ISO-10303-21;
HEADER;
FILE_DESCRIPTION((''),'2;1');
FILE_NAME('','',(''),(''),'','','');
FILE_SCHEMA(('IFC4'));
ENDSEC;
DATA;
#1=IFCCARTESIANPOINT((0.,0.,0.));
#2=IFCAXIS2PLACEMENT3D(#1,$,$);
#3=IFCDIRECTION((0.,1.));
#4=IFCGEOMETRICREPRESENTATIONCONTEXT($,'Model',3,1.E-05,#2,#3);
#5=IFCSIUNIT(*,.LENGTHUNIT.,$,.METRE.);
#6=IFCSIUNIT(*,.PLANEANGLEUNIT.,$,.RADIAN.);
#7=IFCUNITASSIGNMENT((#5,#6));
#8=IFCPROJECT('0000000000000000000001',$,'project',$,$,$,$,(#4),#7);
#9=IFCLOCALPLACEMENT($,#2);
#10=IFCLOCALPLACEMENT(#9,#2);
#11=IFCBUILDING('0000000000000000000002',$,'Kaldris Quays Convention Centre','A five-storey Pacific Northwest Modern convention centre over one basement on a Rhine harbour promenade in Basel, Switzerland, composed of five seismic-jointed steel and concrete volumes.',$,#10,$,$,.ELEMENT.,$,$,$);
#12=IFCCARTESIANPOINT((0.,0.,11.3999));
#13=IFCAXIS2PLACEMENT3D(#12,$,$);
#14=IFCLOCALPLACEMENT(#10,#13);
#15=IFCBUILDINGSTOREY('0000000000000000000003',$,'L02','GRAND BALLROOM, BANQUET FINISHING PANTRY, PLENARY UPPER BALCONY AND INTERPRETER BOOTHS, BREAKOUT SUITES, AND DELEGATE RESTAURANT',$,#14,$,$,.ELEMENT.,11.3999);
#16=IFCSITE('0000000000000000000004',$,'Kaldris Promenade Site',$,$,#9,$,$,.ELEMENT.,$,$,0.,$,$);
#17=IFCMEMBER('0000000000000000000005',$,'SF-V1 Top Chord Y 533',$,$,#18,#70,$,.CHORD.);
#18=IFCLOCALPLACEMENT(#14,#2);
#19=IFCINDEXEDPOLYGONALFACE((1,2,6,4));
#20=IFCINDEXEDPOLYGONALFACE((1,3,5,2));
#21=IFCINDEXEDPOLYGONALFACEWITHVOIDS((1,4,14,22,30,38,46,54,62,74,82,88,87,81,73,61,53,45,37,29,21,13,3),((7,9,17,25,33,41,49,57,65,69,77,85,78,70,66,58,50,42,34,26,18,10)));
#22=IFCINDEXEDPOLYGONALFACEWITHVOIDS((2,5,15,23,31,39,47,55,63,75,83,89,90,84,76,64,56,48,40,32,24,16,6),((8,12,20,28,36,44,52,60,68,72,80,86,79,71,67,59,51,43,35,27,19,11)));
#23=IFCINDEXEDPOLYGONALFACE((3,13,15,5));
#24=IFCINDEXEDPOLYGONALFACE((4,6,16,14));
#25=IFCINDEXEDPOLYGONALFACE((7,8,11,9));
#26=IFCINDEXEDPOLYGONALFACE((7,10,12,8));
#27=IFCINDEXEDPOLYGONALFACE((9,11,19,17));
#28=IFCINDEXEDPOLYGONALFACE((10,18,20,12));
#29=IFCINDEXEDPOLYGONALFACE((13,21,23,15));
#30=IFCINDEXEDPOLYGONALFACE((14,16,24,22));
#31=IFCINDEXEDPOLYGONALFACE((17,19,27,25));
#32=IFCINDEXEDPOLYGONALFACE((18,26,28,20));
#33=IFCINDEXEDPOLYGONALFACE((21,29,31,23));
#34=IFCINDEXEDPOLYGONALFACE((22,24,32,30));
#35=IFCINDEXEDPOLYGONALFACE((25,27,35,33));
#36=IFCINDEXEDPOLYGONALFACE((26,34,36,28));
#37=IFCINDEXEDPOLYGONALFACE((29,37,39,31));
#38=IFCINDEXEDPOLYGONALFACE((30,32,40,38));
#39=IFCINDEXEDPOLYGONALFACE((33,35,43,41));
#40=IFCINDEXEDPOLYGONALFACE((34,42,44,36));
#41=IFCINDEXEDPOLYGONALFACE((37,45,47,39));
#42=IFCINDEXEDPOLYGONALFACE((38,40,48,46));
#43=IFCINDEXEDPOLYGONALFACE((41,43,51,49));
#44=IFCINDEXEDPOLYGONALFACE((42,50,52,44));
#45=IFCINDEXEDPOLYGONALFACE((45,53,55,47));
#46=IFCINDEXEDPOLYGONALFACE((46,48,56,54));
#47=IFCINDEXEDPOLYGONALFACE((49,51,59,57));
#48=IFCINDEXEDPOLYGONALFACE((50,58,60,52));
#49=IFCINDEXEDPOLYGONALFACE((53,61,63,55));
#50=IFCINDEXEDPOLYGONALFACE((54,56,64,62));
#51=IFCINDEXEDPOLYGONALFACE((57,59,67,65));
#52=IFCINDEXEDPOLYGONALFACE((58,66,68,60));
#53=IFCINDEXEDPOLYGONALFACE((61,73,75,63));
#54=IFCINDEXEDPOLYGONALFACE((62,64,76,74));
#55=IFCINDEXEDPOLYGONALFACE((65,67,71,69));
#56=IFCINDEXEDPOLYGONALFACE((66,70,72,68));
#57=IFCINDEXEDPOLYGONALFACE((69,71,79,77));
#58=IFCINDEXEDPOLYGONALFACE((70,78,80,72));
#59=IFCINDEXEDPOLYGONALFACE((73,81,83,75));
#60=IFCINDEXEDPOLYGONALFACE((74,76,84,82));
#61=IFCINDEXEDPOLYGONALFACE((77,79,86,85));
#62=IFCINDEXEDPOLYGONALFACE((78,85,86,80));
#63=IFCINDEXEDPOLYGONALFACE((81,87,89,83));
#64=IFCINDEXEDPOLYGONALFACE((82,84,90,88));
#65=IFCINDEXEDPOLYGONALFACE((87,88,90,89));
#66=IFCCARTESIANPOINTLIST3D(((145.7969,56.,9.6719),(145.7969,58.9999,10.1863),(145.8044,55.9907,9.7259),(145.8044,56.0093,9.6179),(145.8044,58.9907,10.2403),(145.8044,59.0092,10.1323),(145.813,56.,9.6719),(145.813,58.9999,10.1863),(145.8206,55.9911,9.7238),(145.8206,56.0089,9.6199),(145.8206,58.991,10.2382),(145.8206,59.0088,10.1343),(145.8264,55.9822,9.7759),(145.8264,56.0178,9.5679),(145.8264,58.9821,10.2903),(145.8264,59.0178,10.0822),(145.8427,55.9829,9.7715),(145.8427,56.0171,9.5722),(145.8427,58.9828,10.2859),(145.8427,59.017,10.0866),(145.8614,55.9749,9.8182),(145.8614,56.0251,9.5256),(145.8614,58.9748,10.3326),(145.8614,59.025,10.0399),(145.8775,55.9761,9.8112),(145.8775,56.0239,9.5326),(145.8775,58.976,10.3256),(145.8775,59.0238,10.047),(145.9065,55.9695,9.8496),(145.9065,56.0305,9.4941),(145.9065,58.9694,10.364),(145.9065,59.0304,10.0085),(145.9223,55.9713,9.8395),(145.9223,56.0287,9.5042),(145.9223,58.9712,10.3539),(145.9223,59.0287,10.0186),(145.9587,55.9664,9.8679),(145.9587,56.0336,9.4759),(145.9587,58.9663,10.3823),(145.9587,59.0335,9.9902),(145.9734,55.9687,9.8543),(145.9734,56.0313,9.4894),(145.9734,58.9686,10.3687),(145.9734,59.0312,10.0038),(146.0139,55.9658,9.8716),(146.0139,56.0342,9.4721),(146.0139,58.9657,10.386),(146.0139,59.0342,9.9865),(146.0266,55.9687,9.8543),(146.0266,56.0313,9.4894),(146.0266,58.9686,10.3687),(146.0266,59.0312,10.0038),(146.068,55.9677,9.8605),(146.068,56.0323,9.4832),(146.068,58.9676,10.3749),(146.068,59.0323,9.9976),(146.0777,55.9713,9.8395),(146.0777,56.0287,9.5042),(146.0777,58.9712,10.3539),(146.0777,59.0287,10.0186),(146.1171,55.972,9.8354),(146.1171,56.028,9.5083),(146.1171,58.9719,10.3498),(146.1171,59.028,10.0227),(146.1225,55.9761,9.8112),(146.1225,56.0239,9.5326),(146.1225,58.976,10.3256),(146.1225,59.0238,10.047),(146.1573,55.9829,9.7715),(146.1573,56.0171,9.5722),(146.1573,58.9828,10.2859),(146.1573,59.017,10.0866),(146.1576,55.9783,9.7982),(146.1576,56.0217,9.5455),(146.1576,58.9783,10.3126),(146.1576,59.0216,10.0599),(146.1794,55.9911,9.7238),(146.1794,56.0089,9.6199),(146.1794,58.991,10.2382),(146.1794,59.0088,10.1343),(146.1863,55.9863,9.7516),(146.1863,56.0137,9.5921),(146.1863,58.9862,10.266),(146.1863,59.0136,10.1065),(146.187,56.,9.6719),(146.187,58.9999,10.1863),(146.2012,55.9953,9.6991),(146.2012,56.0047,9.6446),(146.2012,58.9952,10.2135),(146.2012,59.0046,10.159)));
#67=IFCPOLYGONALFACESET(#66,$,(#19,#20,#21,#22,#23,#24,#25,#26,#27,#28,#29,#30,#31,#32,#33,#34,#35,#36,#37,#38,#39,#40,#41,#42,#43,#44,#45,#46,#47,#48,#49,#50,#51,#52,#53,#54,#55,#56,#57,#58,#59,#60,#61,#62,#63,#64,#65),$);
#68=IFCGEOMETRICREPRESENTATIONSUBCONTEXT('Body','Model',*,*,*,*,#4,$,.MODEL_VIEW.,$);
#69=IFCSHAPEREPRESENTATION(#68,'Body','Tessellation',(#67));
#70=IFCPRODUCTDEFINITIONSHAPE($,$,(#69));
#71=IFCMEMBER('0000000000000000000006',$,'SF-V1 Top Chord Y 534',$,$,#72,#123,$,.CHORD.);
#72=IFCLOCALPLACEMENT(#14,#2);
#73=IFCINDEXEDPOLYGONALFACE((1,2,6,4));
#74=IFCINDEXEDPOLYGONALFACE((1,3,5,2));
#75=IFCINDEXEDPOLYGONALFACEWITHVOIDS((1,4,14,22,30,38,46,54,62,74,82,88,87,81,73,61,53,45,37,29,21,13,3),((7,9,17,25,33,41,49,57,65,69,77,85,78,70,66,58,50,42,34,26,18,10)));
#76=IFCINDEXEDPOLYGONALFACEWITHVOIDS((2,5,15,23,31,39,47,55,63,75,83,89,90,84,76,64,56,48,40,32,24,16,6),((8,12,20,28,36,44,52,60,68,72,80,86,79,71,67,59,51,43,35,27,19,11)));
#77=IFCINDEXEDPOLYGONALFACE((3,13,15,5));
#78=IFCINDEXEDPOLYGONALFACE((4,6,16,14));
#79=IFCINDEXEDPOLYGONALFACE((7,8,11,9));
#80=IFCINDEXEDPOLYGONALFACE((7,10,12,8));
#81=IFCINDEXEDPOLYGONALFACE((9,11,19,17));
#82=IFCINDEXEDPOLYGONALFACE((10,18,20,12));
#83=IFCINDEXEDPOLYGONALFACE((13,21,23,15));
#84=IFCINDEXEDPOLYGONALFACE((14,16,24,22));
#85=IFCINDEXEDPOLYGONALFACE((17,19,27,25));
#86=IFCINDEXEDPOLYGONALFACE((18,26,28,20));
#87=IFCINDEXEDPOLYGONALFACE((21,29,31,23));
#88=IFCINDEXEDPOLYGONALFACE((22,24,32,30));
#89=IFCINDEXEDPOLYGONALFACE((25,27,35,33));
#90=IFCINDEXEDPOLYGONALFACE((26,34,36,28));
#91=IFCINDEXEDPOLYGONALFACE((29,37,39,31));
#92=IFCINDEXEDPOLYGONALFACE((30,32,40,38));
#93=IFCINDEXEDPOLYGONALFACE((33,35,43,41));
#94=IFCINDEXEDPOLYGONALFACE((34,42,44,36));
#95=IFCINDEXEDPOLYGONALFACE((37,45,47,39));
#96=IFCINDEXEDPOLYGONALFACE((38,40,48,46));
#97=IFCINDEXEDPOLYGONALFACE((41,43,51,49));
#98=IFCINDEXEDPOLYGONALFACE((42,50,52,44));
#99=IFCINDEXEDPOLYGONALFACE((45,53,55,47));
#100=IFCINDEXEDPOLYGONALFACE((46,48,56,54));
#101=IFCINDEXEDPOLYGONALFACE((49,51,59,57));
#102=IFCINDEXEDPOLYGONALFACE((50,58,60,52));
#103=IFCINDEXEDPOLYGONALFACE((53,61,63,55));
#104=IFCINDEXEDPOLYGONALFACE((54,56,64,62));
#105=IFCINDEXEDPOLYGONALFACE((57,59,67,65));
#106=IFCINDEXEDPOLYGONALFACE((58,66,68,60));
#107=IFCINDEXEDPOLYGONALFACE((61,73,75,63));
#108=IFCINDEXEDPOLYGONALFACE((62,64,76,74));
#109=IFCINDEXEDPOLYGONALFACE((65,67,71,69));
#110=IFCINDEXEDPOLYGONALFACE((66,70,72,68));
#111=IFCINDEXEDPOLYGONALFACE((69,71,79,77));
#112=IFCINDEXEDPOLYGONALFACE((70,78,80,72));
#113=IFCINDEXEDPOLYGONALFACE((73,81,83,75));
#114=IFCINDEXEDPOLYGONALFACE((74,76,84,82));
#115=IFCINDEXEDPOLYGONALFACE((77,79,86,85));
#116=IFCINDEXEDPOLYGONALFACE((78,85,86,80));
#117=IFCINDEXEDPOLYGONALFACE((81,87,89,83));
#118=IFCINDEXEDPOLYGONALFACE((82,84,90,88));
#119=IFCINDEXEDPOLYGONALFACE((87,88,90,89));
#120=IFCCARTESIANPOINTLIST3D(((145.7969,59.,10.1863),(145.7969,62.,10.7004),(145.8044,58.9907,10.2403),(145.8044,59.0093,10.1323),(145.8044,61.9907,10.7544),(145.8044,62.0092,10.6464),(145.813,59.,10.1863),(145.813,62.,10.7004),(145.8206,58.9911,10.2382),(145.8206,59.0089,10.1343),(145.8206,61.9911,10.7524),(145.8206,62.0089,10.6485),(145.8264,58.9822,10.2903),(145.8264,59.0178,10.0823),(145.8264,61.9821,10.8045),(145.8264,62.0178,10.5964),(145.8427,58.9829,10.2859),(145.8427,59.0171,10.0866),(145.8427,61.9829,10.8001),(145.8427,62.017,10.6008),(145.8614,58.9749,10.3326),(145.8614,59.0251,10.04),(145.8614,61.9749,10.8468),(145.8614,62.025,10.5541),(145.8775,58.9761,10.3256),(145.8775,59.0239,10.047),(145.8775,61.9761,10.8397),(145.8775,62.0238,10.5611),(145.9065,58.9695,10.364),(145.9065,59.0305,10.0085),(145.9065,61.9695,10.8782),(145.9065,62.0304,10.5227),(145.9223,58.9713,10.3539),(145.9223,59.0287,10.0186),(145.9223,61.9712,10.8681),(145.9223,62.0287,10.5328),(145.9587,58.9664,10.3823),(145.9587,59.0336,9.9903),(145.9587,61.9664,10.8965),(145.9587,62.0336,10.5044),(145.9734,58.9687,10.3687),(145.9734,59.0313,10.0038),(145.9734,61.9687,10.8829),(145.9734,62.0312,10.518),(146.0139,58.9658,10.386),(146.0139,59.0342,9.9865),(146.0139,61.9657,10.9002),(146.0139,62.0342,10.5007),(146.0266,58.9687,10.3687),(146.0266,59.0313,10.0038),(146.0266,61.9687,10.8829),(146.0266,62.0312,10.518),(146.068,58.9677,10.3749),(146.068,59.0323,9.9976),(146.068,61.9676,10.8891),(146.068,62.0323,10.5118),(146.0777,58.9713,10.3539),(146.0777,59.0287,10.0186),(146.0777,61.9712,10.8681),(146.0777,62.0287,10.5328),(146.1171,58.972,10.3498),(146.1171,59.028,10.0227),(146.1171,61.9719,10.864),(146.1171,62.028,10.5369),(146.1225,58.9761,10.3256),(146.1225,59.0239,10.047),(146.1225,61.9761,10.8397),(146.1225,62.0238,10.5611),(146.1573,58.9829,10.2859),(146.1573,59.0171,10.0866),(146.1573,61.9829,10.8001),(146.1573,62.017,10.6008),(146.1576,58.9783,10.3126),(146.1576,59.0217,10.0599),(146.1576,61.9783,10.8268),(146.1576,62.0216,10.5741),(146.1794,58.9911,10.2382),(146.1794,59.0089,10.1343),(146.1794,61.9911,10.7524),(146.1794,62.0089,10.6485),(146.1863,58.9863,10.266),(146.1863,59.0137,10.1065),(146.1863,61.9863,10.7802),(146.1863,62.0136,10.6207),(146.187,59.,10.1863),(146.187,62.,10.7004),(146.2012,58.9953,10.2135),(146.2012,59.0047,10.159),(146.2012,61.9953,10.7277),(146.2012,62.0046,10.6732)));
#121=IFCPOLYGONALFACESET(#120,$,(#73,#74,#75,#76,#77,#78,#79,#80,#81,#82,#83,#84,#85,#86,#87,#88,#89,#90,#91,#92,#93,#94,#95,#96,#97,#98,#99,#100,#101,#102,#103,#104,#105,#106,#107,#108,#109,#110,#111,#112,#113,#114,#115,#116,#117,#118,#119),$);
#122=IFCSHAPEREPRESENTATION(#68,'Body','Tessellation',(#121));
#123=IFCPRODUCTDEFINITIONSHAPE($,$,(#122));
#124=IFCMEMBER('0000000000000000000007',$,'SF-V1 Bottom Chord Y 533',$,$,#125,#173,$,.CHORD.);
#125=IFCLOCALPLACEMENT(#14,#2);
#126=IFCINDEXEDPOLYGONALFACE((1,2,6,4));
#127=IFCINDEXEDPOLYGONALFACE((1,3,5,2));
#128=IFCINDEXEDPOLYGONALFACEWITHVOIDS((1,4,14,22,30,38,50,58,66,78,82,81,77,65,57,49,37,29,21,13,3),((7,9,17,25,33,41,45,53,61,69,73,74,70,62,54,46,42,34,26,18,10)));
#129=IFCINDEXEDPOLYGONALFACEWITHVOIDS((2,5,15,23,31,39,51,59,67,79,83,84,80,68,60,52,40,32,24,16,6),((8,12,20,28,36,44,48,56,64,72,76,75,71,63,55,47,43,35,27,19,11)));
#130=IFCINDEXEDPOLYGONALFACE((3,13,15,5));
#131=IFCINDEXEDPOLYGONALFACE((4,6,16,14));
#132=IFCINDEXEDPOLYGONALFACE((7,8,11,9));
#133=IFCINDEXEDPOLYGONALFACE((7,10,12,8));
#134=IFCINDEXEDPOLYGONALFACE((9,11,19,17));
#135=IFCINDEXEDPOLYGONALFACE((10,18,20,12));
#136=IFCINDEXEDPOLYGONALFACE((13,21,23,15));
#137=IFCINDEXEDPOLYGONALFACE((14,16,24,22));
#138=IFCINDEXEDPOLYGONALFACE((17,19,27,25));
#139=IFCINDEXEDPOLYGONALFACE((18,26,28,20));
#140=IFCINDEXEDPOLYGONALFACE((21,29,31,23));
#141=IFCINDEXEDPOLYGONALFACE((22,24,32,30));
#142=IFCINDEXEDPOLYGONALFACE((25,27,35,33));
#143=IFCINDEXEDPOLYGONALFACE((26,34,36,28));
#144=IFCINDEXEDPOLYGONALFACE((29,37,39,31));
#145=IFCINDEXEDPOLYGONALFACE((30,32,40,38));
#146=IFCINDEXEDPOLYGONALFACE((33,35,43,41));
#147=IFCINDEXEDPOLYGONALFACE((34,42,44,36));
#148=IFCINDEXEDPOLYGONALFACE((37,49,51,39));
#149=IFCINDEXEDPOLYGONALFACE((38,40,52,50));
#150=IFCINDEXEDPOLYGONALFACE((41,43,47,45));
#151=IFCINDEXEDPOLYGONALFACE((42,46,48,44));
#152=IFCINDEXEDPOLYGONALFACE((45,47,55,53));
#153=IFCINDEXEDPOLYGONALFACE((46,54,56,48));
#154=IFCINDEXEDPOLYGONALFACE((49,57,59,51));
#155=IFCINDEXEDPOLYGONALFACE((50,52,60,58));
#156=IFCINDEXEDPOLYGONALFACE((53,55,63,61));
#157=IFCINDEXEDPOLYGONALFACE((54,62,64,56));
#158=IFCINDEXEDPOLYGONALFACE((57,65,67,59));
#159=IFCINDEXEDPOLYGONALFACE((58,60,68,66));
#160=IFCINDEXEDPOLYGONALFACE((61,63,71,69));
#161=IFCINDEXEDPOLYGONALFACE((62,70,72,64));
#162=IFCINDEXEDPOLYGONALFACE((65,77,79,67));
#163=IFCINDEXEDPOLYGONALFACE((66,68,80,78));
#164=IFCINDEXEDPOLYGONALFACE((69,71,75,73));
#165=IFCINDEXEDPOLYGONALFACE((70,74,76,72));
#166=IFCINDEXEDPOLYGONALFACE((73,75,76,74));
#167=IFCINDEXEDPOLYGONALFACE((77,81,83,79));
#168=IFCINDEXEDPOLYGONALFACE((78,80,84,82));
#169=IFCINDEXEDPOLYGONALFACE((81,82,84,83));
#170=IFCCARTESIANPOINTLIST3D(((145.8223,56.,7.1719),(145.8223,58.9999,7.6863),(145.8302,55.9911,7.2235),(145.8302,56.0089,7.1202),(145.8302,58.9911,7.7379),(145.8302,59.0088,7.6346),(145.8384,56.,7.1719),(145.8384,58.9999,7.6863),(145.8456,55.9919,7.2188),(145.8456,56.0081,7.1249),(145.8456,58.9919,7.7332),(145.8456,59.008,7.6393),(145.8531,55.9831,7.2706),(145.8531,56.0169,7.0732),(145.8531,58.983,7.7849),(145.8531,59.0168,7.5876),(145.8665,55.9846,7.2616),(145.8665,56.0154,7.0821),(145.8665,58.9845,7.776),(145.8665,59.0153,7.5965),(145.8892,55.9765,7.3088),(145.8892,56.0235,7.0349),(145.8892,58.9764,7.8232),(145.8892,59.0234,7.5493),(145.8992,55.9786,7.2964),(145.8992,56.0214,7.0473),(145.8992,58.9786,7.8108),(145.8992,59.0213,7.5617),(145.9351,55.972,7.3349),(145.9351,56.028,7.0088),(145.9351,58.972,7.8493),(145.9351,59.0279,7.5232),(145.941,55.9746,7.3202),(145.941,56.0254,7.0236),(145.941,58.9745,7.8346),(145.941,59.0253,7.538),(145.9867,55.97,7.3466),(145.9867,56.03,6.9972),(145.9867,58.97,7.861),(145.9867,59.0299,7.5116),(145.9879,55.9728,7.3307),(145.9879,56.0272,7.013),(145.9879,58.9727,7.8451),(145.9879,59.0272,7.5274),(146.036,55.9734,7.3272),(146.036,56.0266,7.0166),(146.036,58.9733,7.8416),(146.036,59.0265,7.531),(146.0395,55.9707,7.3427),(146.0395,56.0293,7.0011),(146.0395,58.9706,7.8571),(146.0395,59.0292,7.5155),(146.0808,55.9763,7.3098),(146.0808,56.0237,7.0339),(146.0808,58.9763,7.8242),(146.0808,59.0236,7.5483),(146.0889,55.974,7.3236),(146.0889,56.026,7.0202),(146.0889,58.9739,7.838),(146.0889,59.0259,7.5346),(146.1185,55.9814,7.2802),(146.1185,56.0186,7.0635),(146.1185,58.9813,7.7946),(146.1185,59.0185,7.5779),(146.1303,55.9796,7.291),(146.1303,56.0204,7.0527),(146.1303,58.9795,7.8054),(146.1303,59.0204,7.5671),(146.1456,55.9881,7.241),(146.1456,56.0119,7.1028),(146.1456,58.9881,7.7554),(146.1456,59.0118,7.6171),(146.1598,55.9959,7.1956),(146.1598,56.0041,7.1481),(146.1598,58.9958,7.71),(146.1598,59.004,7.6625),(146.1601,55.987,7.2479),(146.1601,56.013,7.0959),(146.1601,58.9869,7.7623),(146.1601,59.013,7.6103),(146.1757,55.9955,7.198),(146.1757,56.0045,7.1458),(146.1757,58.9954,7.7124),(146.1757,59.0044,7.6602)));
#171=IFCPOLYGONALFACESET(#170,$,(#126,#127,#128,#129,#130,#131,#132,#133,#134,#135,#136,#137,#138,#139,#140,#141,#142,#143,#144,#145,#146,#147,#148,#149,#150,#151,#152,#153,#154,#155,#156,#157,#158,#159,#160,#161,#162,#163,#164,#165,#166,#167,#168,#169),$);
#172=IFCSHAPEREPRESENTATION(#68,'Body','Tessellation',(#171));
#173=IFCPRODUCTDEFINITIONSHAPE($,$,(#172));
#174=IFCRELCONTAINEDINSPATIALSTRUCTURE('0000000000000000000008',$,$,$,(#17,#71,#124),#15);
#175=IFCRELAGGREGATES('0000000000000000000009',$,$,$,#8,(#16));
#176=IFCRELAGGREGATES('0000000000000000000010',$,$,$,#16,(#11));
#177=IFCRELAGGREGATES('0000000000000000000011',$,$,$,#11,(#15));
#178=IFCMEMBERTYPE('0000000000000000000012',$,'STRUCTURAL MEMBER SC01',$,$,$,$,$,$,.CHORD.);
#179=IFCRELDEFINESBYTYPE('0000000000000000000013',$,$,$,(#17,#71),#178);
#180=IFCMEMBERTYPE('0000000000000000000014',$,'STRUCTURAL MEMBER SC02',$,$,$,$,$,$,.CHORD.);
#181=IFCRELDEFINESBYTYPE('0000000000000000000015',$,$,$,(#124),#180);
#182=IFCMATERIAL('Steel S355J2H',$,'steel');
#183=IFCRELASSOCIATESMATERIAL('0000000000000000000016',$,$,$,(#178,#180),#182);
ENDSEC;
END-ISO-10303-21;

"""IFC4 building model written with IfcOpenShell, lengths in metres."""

from ifc_helpers import new_model, si_unit, direction, frame, origin, origin_2d, place, context, subcontext, project, spatial, hollow_circle, extrude, material, material_profile, profile_set, type_object, element, save


model = new_model("IFC4")

# Units and contexts
model_context = context("Model", 3, precision=1e-05, world=origin(), true_north=direction((0.0, 1.0)))
body_context = subcontext(model_context, "Body", "Model", "MODEL_VIEW")
ifc_project = project(units=[si_unit("LENGTHUNIT", "METRE"), si_unit("PLANEANGLEUNIT", "RADIAN")], contexts=[model_context])

# Site, building, storey
site_placement = place(None, origin())
site = spatial("IfcSite", under=ifc_project, at=site_placement, Name="Kaldris Promenade Site", CompositionType="ELEMENT", RefElevation=0.0)
building_placement = place(site_placement, origin())
building = spatial("IfcBuilding", under=site, at=building_placement, Name="Kaldris Quays Convention Centre", Description="A five-storey Pacific Northwest Modern convention centre over one basement on a Rhine harbour promenade in Basel, Switzerland, composed of five seismic-jointed steel and concrete volumes.", CompositionType="ELEMENT")
storey_placement = place(building_placement, frame((0.0, 0.0, 11.3999)))
storey = spatial("IfcBuildingStorey", under=building, at=storey_placement, Name="L02", Description="GRAND BALLROOM, BANQUET FINISHING PANTRY, PLENARY UPPER BALCONY AND INTERPRETER BOOTHS, BREAKOUT SUITES, AND DELEGATE RESTAURANT", CompositionType="ELEMENT", Elevation=11.3999)

# Members
ifc_material_1 = material(Name="Steel S355J2H", Category="steel")
ifc_material_profile_1 = material_profile(ifc_material_1, hollow_circle(Radius=0.2031, WallThickness=0.0161, at=origin_2d()), Name="CHS 406.4x16")
ifc_profile_set_1 = profile_set([ifc_material_profile_1], Name="Steel S355J2H")
member_type_1 = type_object("IfcMemberType", Name="STRUCTURAL MEMBER SC01", PredefinedType="CHORD", material=ifc_profile_set_1)
for number, where, z_axis, x_axis, name in (
    (1, (146.0, 56.0, 9.6719), (0.0, 0.985616, 0.169002), (-1.0, 0.0, 0.0), "SF-V1 Top Chord Y 533"),
    (2, (146.0, 59.0, 10.1863), (0.0, 0.985629, 0.168924), (-1.0, 0.0, 0.0), "SF-V1 Top Chord Y 534"),
):
    element("IfcMember", number, at=place(storey_placement, frame(where, z_axis=z_axis, x_axis=x_axis)), inside=storey, type_object=member_type_1, Name=name, PredefinedType="CHORD", context=body_context, shape_type="SweptSolid", body=[
        extrude(hollow_circle(Radius=0.2031, WallThickness=0.0161, at=origin_2d()), origin(), (0.0, 0.0, 1.0), 3.0437),
    ])
ifc_material_profile_2 = material_profile(ifc_material_1, hollow_circle(Radius=0.1777, WallThickness=0.0161, at=origin_2d()), Name="CHS 355.6x16")
ifc_profile_set_2 = profile_set([ifc_material_profile_2], Name="Steel S355J2H")
member_type_2 = type_object("IfcMemberType", Name="STRUCTURAL MEMBER SC02", PredefinedType="CHORD", material=ifc_profile_set_2)
for number, where, z_axis, x_axis, name in (
    (3, (146.0, 56.0, 7.1719), (0.0, 0.985616, 0.169002), (-1.0, 0.0, 0.0), "SF-V1 Bottom Chord Y 533"),
):
    element("IfcMember", number, at=place(storey_placement, frame(where, z_axis=z_axis, x_axis=x_axis)), inside=storey, type_object=member_type_2, Name=name, PredefinedType="CHORD", context=body_context, shape_type="SweptSolid", body=[
        extrude(hollow_circle(Radius=0.1777, WallThickness=0.0161, at=origin_2d()), origin(), (0.0, 0.0, 1.0), 3.0437),
    ])

save(model, "model.ifc")
